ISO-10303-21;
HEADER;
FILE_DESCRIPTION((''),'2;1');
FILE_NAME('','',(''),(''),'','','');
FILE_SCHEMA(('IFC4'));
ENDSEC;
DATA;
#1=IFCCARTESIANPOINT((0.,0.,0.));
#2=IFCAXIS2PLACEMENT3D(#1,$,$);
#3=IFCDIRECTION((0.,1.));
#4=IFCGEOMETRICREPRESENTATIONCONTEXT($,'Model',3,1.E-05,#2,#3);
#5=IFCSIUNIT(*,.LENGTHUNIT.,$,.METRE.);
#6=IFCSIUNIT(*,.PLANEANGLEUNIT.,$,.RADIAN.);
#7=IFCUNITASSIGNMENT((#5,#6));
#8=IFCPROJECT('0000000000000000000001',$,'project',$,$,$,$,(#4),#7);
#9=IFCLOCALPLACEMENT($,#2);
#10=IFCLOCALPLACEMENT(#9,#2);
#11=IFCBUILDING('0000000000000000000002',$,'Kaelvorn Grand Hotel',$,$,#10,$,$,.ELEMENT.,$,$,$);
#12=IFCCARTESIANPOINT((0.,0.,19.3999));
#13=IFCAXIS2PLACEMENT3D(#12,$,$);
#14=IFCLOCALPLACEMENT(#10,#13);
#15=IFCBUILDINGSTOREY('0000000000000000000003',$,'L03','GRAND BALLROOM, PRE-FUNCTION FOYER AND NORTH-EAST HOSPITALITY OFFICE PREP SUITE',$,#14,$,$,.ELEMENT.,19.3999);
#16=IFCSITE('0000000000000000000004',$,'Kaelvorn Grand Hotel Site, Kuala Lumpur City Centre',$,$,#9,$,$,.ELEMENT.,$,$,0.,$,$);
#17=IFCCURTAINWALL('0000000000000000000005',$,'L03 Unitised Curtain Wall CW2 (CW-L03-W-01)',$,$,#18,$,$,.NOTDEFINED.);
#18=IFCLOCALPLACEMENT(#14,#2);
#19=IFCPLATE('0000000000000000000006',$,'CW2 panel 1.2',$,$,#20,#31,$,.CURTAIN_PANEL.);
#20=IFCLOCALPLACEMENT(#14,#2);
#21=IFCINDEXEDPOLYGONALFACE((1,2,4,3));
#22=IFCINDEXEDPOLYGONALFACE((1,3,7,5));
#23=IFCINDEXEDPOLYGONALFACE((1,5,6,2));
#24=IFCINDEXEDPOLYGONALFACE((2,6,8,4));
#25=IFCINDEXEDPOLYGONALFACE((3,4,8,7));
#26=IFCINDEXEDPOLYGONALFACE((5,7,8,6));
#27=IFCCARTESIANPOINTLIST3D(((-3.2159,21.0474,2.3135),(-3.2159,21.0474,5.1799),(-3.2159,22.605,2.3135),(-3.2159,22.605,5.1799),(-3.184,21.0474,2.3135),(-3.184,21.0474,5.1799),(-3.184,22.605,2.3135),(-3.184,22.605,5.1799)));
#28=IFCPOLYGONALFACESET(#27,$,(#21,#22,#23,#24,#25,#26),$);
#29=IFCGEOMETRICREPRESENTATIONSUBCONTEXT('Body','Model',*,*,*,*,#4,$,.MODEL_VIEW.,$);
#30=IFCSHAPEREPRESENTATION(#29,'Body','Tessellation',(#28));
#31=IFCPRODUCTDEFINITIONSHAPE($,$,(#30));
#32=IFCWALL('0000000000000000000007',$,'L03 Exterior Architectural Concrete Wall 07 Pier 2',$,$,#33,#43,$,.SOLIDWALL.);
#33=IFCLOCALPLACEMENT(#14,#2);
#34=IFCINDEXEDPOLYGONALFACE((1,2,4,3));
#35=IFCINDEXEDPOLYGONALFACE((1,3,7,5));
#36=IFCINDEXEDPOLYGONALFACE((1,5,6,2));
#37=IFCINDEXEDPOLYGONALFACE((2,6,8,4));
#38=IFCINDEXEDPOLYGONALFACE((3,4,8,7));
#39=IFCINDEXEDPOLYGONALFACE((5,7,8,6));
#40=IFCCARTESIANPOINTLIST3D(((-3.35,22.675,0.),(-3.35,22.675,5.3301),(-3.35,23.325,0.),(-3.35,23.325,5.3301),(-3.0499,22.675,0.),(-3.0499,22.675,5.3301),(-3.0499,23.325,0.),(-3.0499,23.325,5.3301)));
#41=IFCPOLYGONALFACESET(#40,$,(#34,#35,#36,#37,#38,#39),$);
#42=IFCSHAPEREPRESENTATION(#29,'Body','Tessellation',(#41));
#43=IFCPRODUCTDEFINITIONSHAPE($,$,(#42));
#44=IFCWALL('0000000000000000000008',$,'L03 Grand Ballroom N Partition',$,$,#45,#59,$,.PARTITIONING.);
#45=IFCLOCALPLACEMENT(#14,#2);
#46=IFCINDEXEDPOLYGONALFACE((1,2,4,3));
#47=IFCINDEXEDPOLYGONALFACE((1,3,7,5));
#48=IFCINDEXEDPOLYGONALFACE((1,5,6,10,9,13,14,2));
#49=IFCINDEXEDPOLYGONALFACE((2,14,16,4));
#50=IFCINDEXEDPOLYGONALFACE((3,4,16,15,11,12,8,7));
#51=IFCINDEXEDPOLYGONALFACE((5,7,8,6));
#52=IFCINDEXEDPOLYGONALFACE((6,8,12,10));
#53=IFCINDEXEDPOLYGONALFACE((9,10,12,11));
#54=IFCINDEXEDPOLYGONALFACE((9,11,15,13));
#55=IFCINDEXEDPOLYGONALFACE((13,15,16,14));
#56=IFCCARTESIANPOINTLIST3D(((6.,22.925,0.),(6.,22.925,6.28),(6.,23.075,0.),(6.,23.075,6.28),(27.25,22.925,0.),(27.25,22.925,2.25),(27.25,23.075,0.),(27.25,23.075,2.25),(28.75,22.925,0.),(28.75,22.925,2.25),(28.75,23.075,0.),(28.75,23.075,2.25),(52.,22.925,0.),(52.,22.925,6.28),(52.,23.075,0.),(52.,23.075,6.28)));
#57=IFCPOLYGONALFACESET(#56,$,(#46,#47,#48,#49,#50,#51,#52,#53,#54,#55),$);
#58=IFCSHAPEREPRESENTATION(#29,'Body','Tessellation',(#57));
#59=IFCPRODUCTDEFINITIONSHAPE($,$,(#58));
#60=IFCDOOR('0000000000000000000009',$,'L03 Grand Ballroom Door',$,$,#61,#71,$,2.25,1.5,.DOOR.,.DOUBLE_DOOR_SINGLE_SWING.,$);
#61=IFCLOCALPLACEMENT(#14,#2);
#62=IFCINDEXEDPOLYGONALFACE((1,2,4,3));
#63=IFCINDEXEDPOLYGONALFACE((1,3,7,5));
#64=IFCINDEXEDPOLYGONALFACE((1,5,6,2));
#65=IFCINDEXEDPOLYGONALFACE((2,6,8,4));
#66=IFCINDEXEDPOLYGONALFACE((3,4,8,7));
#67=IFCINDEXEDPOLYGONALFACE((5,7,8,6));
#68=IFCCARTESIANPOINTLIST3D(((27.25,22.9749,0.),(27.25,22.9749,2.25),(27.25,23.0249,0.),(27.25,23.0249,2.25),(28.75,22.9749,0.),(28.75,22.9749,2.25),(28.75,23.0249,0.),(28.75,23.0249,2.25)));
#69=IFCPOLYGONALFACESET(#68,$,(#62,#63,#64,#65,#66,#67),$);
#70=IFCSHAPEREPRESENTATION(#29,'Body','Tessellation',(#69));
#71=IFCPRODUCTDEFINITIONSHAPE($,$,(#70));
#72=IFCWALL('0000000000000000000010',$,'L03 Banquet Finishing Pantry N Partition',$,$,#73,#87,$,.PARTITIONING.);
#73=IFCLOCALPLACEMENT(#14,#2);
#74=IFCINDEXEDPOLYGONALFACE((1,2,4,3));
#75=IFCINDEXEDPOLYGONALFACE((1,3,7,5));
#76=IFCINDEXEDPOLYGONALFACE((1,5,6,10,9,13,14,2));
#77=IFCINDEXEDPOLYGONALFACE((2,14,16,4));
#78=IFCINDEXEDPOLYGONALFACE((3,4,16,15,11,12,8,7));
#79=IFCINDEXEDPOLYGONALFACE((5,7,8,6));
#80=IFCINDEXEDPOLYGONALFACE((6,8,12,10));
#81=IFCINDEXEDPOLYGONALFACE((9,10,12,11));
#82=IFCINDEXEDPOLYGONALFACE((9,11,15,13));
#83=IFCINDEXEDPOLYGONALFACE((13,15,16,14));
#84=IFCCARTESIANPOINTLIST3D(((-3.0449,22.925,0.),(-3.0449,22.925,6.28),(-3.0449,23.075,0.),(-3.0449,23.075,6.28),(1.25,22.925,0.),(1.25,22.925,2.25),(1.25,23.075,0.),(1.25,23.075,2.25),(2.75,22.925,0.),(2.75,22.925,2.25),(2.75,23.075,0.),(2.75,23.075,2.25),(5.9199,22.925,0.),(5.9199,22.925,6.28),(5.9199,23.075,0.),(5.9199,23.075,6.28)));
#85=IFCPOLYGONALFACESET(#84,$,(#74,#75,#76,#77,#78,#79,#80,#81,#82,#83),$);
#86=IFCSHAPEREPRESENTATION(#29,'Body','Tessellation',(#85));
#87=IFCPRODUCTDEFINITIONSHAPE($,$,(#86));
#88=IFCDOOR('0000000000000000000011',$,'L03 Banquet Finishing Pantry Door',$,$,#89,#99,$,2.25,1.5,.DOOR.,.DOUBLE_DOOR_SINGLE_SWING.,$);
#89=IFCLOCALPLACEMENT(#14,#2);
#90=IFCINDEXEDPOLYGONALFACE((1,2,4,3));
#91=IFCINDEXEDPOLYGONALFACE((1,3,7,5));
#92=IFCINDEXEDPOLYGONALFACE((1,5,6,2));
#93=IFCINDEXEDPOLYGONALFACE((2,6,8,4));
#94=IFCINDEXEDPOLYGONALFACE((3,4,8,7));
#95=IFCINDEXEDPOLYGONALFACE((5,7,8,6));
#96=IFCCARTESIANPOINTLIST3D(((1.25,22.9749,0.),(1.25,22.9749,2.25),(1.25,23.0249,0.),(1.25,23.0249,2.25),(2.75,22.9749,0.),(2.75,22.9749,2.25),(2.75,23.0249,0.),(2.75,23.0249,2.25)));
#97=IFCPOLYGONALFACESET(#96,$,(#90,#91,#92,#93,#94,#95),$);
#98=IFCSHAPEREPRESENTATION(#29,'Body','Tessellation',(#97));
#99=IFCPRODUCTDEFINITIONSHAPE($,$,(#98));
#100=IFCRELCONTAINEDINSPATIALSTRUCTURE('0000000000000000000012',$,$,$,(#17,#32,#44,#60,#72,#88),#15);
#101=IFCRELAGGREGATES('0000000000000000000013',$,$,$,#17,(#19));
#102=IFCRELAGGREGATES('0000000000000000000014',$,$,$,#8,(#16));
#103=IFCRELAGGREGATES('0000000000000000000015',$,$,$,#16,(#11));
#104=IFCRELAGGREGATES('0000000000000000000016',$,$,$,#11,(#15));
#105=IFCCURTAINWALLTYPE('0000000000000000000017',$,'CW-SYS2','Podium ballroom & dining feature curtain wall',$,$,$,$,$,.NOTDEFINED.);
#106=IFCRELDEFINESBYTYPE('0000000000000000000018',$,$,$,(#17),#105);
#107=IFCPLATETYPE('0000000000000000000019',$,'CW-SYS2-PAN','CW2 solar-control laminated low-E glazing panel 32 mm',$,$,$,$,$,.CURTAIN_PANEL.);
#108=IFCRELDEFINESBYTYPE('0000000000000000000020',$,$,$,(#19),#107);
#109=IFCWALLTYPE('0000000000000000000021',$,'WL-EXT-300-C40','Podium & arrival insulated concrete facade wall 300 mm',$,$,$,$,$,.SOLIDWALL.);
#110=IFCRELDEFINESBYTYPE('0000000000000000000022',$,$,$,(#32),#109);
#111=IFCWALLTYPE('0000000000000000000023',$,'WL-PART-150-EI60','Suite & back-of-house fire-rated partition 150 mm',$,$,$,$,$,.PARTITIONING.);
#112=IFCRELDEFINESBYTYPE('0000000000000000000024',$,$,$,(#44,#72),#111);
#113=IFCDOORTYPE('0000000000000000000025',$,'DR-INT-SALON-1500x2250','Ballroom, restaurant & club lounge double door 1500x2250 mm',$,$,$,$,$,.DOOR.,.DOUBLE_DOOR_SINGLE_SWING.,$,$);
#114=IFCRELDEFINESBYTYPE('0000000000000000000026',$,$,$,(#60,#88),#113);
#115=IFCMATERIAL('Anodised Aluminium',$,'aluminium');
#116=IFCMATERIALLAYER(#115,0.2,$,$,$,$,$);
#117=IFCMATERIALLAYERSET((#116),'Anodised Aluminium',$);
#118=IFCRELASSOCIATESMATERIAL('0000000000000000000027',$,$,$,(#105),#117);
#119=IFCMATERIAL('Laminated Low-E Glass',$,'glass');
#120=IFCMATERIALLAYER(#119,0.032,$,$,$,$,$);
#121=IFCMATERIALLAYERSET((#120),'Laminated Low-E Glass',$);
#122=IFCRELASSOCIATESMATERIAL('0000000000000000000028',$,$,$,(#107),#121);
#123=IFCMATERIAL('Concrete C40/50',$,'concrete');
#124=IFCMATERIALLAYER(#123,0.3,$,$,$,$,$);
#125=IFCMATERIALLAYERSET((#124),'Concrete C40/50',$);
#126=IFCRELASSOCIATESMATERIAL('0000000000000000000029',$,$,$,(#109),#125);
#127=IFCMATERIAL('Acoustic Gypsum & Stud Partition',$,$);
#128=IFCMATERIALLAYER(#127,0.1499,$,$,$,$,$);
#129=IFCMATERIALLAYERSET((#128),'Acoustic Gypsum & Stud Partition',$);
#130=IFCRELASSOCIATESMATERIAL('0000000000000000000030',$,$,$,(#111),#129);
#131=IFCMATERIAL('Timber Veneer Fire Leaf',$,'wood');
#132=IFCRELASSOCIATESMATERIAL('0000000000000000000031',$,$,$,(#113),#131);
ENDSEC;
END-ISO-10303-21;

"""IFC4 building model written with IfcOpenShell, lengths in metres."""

from ifc_helpers import new_model, si_unit, direction, frame, frame_2d, origin, origin_2d, place, context, subcontext, project, spatial, rectangle, extrude, material, layer, layer_set, type_object, element, fill, aggregate, save


model = new_model("IFC4")

# Units and contexts
model_context = context("Model", 3, precision=1e-05, world=origin(), true_north=direction((0.0, 1.0)))
body_context = subcontext(model_context, "Body", "Model", "MODEL_VIEW")
ifc_project = project(units=[si_unit("LENGTHUNIT", "METRE"), si_unit("PLANEANGLEUNIT", "RADIAN")], contexts=[model_context])

# Site, building, storey
site_placement = place(None, origin())
site = spatial("IfcSite", under=ifc_project, at=site_placement, Name="Kaelvorn Grand Hotel Site, Kuala Lumpur City Centre", CompositionType="ELEMENT", RefElevation=0.0)
building_placement = place(site_placement, origin())
building = spatial("IfcBuilding", under=site, at=building_placement, Name="Kaelvorn Grand Hotel", CompositionType="ELEMENT")
storey_placement = place(building_placement, frame((0.0, 0.0, 19.3999)))
storey = spatial("IfcBuildingStorey", under=building, at=storey_placement, Name="L03", Description="GRAND BALLROOM, PRE-FUNCTION FOYER AND NORTH-EAST HOSPITALITY OFFICE PREP SUITE", CompositionType="ELEMENT", Elevation=19.3999)

# Shared definitions
ifc_material_1 = material(Name="Anodised Aluminium", Category="aluminium")
ifc_layer_1 = layer(ifc_material_1, 0.2)
ifc_layer_set_1 = layer_set([ifc_layer_1], Name="Anodised Aluminium")
curtain_wall_type = type_object("IfcCurtainWallType", Name="CW-SYS2", Description="Podium ballroom & dining feature curtain wall", PredefinedType="NOTDEFINED", material=ifc_layer_set_1)

# Curtain wall
curtain_wall_1_placement = place(storey_placement, origin())
curtain_wall_1 = element("IfcCurtainWall", 1, at=curtain_wall_1_placement, inside=storey, type_object=curtain_wall_type, Name="L03 Unitised Curtain Wall CW2 (CW-L03-W-01)", PredefinedType="NOTDEFINED")

# Plate
ifc_material_2 = material(Name="Laminated Low-E Glass", Category="glass")
ifc_layer_2 = layer(ifc_material_2, 0.032)
ifc_layer_set_2 = layer_set([ifc_layer_2], Name="Laminated Low-E Glass")
plate_type = type_object("IfcPlateType", Name="CW-SYS2-PAN", Description="CW2 solar-control laminated low-E glazing panel 32 mm", PredefinedType="CURTAIN_PANEL", material=ifc_layer_set_2)
plate_1_placement = place(storey_placement, frame((-3.2, 21.8262, 2.3135), z_axis=(0.0, 0.0, 1.0), x_axis=(0.0, -1.0, 0.0)))
plate_1 = element("IfcPlate", 2, at=plate_1_placement, type_object=plate_type, Name="CW2 panel 1.2", PredefinedType="CURTAIN_PANEL", context=body_context, shape_type="SweptSolid", body=[
    extrude(rectangle(XDim=1.5576, YDim=0.032, at=origin_2d()), origin(), (0.0, 0.0, 1.0), 2.8665),
])
aggregate(curtain_wall_1, [plate_1])

# Wall
ifc_material_3 = material(Name="Concrete C40/50", Category="concrete")
ifc_layer_3 = layer(ifc_material_3, 0.3)
ifc_layer_set_3 = layer_set([ifc_layer_3], Name="Concrete C40/50")
wall_type_1 = type_object("IfcWallType", Name="WL-EXT-300-C40", Description="Podium & arrival insulated concrete facade wall 300 mm", PredefinedType="SOLIDWALL", material=ifc_layer_set_3)
wall_1_placement = place(storey_placement, frame((-3.2, 23.325, 0.0), z_axis=(0.0, 0.0, 1.0), x_axis=(0.0, -1.0, 0.0)))
element("IfcWall", 3, at=wall_1_placement, inside=storey, type_object=wall_type_1, Name="L03 Exterior Architectural Concrete Wall 07 Pier 2", PredefinedType="SOLIDWALL", context=body_context, shape_type="SweptSolid", body=[
    extrude(rectangle(XDim=0.6499, YDim=0.3, at=frame_2d((0.325, 0.0))), origin(), (0.0, 0.0, 1.0), 5.3301),
])

# Walls, openings, doors
ifc_material_4 = material(Name="Acoustic Gypsum & Stud Partition")
ifc_layer_4 = layer(ifc_material_4, 0.1499)
ifc_layer_set_4 = layer_set([ifc_layer_4], Name="Acoustic Gypsum & Stud Partition")
wall_type_2 = type_object("IfcWallType", Name="WL-PART-150-EI60", Description="Suite & back-of-house fire-rated partition 150 mm", PredefinedType="PARTITIONING", material=ifc_layer_set_4)
wall_2_placement = place(storey_placement, frame((6.0, 23.0, 0.0), z_axis=(0.0, 0.0, 1.0), x_axis=(1.0, 0.0, 0.0)))
wall_2 = element("IfcWall", 4, at=wall_2_placement, inside=storey, type_object=wall_type_2, Name="L03 Grand Ballroom N Partition", PredefinedType="PARTITIONING", context=body_context, shape_type="SweptSolid", body=[
    extrude(rectangle(XDim=46.0, YDim=0.1499, at=frame_2d((23.0, 0.0))), origin(), (0.0, 0.0, 1.0), 6.28),
])
opening_1_placement = place(wall_2_placement, frame((21.25, 0.0, 0.0)))
opening_1 = element("IfcOpeningElement", 5, at=opening_1_placement, cuts=wall_2, PredefinedType="OPENING", context=body_context, shape_type="SweptSolid", body=[
    extrude(rectangle(XDim=1.5, YDim=2.25, at=frame_2d((0.75, 1.125))), frame((0.0, 0.085, 0.0), z_axis=(0.0, -1.0, 0.0), x_axis=(1.0, 0.0, 0.0)), (0.0, 0.0, 1.0), 0.1699),
])
ifc_material_5 = material(Name="Timber Veneer Fire Leaf", Category="wood")
door_type = type_object("IfcDoorType", Name="DR-INT-SALON-1500x2250", Description="Ballroom, restaurant & club lounge double door 1500x2250 mm", OperationType="DOUBLE_DOOR_SINGLE_SWING", PredefinedType="DOOR", material=ifc_material_5)
door_1_placement = place(opening_1_placement, origin())
door_1 = element("IfcDoor", 6, at=door_1_placement, inside=storey, type_object=door_type, Name="L03 Grand Ballroom Door", OperationType="DOUBLE_DOOR_SINGLE_SWING", OverallHeight=2.25, OverallWidth=1.5, PredefinedType="DOOR", context=body_context, shape_type="SweptSolid", body=[
    extrude(rectangle(XDim=1.5, YDim=2.25, at=frame_2d((0.75, 1.125))), frame((0.0, 0.0249, 0.0), z_axis=(0.0, -1.0, 0.0), x_axis=(1.0, 0.0, 0.0)), (0.0, 0.0, 1.0), 0.05),
])
fill(opening_1, door_1)
wall_3_placement = place(storey_placement, frame((-3.0449, 23.0, 0.0), z_axis=(0.0, 0.0, 1.0), x_axis=(1.0, 0.0, 0.0)))
wall_3 = element("IfcWall", 7, at=wall_3_placement, inside=storey, type_object=wall_type_2, Name="L03 Banquet Finishing Pantry N Partition", PredefinedType="PARTITIONING", context=body_context, shape_type="SweptSolid", body=[
    extrude(rectangle(XDim=8.9648, YDim=0.1499, at=frame_2d((4.4824, 0.0))), origin(), (0.0, 0.0, 1.0), 6.28),
])
opening_2_placement = place(wall_3_placement, frame((4.2949, 0.0, 0.0)))
opening_2 = element("IfcOpeningElement", 8, at=opening_2_placement, cuts=wall_3, PredefinedType="OPENING", context=body_context, shape_type="SweptSolid", body=[
    extrude(rectangle(XDim=1.5, YDim=2.25, at=frame_2d((0.75, 1.125))), frame((0.0, 0.085, 0.0), z_axis=(0.0, -1.0, 0.0), x_axis=(1.0, 0.0, 0.0)), (0.0, 0.0, 1.0), 0.1699),
])
door_2_placement = place(opening_2_placement, origin())
door_2 = element("IfcDoor", 9, at=door_2_placement, inside=storey, type_object=door_type, Name="L03 Banquet Finishing Pantry Door", OperationType="DOUBLE_DOOR_SINGLE_SWING", OverallHeight=2.25, OverallWidth=1.5, PredefinedType="DOOR", context=body_context, shape_type="SweptSolid", body=[
    extrude(rectangle(XDim=1.5, YDim=2.25, at=frame_2d((0.75, 1.125))), frame((0.0, 0.0249, 0.0), z_axis=(0.0, -1.0, 0.0), x_axis=(1.0, 0.0, 0.0)), (0.0, 0.0, 1.0), 0.05),
])
fill(opening_2, door_2)

save(model, "model.ifc")
